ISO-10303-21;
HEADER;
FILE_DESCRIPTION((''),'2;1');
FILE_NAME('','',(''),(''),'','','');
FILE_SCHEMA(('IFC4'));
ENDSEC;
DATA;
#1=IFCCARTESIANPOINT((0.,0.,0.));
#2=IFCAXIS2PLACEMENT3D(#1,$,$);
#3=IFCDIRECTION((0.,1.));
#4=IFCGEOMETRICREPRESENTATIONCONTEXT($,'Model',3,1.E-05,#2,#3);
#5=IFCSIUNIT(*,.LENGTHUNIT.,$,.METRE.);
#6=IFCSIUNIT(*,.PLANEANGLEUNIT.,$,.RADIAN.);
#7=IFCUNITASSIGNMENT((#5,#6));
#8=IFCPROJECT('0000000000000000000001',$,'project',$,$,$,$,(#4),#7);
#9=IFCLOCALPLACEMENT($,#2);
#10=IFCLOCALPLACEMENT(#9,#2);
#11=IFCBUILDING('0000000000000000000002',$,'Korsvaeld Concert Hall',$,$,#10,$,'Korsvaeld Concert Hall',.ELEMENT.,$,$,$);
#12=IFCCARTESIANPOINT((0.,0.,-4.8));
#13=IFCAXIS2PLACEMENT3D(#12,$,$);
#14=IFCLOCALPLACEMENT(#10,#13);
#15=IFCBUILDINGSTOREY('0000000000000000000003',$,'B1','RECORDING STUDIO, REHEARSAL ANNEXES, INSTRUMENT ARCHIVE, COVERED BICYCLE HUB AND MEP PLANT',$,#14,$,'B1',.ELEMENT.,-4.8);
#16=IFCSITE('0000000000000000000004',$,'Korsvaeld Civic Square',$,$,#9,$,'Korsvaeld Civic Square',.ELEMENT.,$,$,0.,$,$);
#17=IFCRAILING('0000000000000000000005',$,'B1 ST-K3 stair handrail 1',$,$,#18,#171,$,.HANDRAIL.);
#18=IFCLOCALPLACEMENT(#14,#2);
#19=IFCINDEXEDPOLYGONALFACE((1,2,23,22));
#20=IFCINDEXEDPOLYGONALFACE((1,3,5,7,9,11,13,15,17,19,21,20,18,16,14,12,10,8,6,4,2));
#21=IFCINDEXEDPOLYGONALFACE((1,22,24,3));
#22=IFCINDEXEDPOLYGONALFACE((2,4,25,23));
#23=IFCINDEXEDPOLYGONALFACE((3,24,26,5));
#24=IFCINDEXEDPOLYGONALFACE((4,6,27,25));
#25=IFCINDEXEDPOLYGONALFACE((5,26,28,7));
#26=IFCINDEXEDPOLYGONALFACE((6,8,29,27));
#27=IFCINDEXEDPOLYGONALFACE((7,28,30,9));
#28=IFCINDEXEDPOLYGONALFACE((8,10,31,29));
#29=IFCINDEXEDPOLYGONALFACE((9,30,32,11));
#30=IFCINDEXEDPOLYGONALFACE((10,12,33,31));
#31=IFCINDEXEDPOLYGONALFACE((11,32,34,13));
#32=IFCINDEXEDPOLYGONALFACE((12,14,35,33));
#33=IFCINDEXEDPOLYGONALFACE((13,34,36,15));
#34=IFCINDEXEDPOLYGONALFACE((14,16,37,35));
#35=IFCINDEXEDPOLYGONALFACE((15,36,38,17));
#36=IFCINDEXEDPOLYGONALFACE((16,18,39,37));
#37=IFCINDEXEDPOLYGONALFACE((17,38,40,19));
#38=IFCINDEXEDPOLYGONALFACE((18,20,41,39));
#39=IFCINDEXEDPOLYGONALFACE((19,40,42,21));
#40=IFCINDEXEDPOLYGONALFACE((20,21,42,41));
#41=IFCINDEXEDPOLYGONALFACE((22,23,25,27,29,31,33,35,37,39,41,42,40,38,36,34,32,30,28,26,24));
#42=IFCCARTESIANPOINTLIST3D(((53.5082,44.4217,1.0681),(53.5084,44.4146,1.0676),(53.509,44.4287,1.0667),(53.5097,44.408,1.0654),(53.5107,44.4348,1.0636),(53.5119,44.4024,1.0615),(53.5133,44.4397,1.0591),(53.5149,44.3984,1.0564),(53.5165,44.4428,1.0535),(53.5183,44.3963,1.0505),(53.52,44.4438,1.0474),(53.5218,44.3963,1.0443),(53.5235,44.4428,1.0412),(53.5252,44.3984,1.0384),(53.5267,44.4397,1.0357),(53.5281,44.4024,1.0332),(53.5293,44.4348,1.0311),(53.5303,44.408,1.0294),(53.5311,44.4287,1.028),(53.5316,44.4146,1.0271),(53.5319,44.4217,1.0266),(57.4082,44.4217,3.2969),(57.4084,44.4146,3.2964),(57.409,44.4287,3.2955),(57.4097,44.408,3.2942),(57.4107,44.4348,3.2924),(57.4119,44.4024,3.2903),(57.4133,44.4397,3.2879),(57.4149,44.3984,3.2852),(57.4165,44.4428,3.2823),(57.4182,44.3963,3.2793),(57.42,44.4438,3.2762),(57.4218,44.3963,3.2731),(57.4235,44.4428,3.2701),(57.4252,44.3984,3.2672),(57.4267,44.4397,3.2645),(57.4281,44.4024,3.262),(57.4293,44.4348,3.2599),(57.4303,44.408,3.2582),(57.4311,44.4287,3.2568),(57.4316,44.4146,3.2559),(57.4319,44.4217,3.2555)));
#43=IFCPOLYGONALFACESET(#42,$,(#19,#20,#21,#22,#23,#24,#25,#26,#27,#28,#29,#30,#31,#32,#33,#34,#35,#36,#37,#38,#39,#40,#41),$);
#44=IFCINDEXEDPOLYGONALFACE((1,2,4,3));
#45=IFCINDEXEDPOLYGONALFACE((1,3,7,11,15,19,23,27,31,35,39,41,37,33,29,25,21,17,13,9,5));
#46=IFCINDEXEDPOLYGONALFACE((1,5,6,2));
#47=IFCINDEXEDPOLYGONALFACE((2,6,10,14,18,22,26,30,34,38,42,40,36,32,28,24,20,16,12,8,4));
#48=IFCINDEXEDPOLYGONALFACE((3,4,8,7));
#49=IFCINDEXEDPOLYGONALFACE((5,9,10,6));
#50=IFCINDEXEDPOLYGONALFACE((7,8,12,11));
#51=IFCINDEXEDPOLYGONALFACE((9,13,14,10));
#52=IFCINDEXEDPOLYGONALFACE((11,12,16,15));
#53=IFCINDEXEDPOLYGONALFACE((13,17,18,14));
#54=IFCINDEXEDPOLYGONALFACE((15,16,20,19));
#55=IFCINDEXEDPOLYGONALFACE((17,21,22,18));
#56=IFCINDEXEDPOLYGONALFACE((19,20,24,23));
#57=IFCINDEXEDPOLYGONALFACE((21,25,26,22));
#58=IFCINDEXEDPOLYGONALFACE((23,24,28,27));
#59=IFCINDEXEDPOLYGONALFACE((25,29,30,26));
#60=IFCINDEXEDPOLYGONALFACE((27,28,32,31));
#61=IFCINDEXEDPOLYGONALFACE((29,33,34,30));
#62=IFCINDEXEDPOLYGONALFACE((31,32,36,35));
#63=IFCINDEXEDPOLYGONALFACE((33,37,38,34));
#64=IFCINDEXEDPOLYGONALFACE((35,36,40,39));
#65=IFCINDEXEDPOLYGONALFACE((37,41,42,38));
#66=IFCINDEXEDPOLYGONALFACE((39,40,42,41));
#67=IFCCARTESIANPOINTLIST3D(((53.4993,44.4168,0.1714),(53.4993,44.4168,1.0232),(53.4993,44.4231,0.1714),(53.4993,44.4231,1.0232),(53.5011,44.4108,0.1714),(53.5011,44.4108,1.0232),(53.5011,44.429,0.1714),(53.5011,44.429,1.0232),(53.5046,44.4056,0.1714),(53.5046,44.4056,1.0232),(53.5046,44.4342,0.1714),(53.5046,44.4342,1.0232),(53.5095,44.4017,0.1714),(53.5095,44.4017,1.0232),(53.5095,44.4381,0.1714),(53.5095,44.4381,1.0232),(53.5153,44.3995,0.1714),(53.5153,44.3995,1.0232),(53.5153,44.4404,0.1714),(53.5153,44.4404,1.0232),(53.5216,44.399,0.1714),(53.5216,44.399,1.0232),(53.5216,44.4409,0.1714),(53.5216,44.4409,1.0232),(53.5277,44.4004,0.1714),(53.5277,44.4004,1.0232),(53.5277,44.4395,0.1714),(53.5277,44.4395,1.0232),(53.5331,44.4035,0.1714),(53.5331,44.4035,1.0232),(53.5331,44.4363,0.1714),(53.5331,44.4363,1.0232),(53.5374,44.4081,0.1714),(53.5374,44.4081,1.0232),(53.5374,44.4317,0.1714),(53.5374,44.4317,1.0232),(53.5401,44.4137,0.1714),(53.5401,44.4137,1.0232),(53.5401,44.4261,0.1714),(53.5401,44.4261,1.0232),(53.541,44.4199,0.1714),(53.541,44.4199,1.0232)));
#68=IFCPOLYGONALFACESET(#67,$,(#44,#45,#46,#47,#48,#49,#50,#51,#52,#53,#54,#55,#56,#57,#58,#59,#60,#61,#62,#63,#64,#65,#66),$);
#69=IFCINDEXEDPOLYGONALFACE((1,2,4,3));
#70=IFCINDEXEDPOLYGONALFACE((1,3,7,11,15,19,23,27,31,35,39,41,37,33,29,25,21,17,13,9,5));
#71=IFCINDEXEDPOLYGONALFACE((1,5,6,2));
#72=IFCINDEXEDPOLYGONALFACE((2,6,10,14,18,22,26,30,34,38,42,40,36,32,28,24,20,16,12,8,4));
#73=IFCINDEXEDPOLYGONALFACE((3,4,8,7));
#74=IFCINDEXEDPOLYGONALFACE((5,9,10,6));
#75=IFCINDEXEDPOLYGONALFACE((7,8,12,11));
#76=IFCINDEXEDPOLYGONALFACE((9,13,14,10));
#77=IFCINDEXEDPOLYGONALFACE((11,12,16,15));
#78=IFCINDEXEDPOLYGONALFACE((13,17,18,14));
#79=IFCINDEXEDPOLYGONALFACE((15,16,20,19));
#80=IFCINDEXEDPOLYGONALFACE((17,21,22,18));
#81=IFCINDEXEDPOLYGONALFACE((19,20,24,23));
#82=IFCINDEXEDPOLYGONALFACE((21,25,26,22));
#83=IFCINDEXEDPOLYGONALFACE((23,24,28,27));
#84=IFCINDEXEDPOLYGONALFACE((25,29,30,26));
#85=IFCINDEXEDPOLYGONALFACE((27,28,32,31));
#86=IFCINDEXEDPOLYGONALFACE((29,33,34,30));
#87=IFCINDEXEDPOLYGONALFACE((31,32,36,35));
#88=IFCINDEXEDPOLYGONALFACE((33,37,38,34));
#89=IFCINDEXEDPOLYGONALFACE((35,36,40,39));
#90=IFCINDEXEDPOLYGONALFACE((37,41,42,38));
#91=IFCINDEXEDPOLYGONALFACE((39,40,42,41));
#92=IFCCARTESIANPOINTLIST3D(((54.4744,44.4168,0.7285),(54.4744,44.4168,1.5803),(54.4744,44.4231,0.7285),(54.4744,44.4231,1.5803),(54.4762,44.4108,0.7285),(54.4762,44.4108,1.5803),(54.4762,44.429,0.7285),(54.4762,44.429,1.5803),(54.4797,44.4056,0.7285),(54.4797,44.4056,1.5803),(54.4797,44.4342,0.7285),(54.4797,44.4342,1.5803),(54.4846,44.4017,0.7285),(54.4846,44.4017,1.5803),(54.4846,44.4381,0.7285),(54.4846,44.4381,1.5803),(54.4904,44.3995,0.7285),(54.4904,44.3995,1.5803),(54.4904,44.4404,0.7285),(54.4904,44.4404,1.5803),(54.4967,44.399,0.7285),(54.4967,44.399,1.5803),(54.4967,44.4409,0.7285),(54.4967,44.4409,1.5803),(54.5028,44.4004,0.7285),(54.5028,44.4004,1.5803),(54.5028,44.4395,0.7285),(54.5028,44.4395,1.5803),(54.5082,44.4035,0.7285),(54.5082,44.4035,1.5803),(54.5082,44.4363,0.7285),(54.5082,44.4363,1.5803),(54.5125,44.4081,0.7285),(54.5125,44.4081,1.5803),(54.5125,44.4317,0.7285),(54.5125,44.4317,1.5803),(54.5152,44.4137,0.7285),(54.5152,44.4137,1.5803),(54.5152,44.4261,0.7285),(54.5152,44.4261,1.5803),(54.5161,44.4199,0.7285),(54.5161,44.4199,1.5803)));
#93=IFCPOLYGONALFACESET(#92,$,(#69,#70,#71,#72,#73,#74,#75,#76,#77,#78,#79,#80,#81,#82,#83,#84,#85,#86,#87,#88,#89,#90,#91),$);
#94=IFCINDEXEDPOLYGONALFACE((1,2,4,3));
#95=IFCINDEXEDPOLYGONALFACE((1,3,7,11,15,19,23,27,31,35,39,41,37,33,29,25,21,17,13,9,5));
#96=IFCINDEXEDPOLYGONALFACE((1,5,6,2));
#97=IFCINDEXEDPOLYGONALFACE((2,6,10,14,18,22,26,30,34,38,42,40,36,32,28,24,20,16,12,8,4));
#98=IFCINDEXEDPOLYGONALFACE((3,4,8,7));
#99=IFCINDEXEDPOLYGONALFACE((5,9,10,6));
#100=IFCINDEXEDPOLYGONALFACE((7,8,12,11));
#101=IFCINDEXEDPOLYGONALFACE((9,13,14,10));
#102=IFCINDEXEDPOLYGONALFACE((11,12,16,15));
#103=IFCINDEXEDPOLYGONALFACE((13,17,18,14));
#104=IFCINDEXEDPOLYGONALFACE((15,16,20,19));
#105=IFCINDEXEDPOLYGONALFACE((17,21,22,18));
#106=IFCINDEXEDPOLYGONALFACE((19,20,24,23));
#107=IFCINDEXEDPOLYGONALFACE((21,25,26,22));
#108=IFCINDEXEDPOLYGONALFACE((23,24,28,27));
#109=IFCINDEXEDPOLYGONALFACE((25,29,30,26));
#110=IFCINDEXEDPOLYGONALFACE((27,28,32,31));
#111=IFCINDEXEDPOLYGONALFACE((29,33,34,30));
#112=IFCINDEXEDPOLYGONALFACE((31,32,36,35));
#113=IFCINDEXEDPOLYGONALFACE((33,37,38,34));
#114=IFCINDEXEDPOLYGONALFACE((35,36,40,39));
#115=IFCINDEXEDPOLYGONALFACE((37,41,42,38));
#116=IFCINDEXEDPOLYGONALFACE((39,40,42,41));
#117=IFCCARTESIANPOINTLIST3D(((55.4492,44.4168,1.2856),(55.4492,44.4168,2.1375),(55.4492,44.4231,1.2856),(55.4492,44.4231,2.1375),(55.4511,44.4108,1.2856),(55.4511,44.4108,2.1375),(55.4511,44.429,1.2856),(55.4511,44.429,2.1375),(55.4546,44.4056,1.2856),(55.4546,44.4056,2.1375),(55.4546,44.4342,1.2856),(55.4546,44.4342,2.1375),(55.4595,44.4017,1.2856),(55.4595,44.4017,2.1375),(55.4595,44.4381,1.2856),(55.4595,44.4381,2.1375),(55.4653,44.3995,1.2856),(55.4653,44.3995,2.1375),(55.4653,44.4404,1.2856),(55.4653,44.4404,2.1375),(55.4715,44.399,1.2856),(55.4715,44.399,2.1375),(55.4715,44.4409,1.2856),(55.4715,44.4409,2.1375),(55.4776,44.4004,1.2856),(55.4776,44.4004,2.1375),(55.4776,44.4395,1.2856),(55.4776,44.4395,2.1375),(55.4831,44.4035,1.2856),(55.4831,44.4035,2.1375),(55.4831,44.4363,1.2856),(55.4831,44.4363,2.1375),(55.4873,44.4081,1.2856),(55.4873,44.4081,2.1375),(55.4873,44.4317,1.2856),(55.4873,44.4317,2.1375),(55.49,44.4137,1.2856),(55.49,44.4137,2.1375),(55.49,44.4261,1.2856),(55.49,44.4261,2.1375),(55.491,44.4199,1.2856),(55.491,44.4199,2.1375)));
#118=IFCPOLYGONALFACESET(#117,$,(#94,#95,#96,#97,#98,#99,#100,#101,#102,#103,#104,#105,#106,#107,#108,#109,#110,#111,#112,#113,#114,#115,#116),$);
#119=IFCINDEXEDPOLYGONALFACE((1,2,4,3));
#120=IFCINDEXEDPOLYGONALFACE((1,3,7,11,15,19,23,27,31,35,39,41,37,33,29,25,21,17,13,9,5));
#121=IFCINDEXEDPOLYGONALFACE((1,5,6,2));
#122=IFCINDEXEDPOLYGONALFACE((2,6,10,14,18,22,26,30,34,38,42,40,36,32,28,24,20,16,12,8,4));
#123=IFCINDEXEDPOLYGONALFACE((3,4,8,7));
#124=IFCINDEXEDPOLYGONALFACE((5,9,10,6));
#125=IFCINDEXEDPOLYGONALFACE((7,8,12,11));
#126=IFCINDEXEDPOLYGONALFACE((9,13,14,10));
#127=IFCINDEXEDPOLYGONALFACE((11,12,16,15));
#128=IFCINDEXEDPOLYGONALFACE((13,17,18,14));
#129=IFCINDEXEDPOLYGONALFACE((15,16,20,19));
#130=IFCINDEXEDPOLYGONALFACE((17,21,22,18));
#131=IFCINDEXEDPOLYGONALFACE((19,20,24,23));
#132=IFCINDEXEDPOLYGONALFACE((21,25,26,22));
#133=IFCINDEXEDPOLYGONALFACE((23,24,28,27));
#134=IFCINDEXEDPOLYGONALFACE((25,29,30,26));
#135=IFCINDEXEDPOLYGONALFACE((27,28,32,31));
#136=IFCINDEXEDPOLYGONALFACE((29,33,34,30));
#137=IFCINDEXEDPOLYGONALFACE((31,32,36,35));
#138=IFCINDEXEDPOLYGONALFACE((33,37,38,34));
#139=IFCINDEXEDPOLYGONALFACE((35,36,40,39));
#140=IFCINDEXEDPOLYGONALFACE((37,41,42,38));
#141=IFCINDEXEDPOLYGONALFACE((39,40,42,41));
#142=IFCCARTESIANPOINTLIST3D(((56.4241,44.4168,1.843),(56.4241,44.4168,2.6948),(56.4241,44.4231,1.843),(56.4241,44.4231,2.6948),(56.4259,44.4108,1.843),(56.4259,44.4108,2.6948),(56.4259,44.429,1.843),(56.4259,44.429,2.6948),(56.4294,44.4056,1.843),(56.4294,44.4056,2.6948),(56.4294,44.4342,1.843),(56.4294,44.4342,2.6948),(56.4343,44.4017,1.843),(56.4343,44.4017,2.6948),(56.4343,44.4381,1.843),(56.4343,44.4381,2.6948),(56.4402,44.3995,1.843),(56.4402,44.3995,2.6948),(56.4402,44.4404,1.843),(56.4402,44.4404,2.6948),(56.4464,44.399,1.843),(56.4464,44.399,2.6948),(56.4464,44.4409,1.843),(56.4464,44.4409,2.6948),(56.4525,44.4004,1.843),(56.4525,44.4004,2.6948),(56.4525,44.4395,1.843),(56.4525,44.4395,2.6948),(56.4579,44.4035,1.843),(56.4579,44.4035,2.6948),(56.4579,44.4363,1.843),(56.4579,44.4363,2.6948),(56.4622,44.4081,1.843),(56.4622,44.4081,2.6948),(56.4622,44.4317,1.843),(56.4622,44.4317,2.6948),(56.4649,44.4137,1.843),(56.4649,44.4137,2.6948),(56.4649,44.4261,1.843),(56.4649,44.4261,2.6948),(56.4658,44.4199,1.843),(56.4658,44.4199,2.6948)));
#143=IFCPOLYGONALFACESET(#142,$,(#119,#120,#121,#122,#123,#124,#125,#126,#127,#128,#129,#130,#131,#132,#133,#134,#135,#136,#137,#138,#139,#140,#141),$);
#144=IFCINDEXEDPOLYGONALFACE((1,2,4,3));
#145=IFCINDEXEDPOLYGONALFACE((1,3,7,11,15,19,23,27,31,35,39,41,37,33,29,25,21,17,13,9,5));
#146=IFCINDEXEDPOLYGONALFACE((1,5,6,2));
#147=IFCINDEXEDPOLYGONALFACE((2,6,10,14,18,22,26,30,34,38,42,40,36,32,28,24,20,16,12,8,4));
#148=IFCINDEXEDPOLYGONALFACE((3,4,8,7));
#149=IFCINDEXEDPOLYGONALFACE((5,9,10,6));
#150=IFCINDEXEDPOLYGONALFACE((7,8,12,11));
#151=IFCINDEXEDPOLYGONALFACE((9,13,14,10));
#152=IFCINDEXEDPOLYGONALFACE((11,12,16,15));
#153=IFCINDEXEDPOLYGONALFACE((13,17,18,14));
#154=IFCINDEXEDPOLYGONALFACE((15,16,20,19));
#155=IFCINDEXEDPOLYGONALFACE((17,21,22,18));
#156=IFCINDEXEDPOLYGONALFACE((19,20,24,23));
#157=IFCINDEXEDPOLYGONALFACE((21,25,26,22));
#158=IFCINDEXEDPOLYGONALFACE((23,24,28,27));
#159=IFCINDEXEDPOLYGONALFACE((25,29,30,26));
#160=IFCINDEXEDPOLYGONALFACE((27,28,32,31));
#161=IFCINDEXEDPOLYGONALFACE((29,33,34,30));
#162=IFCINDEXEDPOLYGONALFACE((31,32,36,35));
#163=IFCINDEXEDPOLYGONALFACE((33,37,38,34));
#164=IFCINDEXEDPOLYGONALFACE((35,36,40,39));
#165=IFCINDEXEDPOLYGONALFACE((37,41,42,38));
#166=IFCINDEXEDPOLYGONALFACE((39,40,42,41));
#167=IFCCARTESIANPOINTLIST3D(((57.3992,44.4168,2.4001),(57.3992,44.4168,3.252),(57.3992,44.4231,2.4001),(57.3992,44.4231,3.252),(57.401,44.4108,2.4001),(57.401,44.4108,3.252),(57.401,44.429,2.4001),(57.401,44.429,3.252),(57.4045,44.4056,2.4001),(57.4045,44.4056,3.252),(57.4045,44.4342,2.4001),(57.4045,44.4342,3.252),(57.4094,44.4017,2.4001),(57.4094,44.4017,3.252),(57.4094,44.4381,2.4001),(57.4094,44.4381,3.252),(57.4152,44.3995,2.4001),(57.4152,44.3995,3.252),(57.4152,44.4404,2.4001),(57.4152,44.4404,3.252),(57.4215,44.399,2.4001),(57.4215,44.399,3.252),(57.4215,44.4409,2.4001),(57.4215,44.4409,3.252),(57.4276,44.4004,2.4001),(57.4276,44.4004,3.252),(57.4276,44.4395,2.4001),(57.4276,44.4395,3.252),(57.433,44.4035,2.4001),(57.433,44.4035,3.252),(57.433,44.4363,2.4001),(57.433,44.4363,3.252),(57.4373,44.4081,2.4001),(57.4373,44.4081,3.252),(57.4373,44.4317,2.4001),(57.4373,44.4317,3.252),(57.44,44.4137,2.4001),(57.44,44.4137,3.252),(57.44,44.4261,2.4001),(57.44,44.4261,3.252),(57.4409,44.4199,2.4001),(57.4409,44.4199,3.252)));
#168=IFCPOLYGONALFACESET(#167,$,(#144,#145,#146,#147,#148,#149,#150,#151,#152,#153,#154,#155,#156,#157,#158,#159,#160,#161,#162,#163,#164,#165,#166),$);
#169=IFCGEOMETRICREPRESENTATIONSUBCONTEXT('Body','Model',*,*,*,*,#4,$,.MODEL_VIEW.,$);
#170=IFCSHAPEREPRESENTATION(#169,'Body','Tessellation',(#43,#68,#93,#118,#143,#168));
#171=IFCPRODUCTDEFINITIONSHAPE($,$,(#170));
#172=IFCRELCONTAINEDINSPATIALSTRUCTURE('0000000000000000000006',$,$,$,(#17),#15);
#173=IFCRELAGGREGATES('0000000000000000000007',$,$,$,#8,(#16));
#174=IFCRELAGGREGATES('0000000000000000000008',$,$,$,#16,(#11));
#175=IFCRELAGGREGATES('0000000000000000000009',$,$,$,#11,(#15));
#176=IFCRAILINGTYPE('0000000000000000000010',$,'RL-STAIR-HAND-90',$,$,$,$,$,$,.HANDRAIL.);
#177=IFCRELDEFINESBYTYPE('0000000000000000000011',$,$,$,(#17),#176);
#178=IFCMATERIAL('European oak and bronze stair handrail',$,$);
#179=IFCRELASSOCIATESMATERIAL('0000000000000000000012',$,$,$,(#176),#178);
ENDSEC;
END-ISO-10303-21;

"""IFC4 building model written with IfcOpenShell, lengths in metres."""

from ifc_helpers import new_model, si_unit, direction, frame, origin, origin_2d, place, context, subcontext, project, spatial, circle, extrude, material, type_object, element, save


model = new_model("IFC4")

# Units and contexts
model_context = context("Model", 3, precision=1e-05, world=origin(), true_north=direction((0.0, 1.0)))
body_context = subcontext(model_context, "Body", "Model", "MODEL_VIEW")
ifc_project = project(units=[si_unit("LENGTHUNIT", "METRE"), si_unit("PLANEANGLEUNIT", "RADIAN")], contexts=[model_context])

# Site, building, storey
site_placement = place(None, origin())
site = spatial("IfcSite", under=ifc_project, at=site_placement, Name="Korsvaeld Civic Square", LongName="Korsvaeld Civic Square", CompositionType="ELEMENT", RefElevation=0.0)
building_placement = place(site_placement, origin())
building = spatial("IfcBuilding", under=site, at=building_placement, Name="Korsvaeld Concert Hall", LongName="Korsvaeld Concert Hall", CompositionType="ELEMENT")
storey_placement = place(building_placement, frame((0.0, 0.0, -4.8)))
storey = spatial("IfcBuildingStorey", under=building, at=storey_placement, Name="B1", Description="RECORDING STUDIO, REHEARSAL ANNEXES, INSTRUMENT ARCHIVE, COVERED BICYCLE HUB AND MEP PLANT", LongName="B1", CompositionType="ELEMENT", Elevation=-4.8)

# Railing
ifc_material_1 = material(Name="European oak and bronze stair handrail")
railing_type_1 = type_object("IfcRailingType", Name="RL-STAIR-HAND-90", PredefinedType="HANDRAIL", material=ifc_material_1)
railing_1_placement = place(storey_placement, frame((53.52, 44.4199, 0.1714)))
element("IfcRailing", 1, at=railing_1_placement, inside=storey, type_object=railing_type_1, Name="B1 ST-K3 stair handrail 1", PredefinedType="HANDRAIL", context=body_context, shape_type="SweptSolid", body=[
    extrude(circle(Radius=0.0239, at=origin_2d()), frame((0.0, 0.0, 0.876), z_axis=(0.86822, 0.0, 0.49618), x_axis=(0.0, 1.0, 0.0)), (0.0, 0.0, 1.0), 4.4919),
    extrude(circle(Radius=0.021, at=origin_2d()), origin(), (0.0, 0.0, 1.0), 0.8518),
    extrude(circle(Radius=0.021, at=origin_2d()), frame((0.9751, 0.0, 0.5571)), (0.0, 0.0, 1.0), 0.8518),
    extrude(circle(Radius=0.021, at=origin_2d()), frame((1.95, 0.0, 1.1143)), (0.0, 0.0, 1.0), 0.8518),
    extrude(circle(Radius=0.021, at=origin_2d()), frame((2.9248, 0.0, 1.6716)), (0.0, 0.0, 1.0), 0.8518),
    extrude(circle(Radius=0.021, at=origin_2d()), frame((3.8999, 0.0, 2.2288)), (0.0, 0.0, 1.0), 0.8518),
])

save(model, "model.ifc")
